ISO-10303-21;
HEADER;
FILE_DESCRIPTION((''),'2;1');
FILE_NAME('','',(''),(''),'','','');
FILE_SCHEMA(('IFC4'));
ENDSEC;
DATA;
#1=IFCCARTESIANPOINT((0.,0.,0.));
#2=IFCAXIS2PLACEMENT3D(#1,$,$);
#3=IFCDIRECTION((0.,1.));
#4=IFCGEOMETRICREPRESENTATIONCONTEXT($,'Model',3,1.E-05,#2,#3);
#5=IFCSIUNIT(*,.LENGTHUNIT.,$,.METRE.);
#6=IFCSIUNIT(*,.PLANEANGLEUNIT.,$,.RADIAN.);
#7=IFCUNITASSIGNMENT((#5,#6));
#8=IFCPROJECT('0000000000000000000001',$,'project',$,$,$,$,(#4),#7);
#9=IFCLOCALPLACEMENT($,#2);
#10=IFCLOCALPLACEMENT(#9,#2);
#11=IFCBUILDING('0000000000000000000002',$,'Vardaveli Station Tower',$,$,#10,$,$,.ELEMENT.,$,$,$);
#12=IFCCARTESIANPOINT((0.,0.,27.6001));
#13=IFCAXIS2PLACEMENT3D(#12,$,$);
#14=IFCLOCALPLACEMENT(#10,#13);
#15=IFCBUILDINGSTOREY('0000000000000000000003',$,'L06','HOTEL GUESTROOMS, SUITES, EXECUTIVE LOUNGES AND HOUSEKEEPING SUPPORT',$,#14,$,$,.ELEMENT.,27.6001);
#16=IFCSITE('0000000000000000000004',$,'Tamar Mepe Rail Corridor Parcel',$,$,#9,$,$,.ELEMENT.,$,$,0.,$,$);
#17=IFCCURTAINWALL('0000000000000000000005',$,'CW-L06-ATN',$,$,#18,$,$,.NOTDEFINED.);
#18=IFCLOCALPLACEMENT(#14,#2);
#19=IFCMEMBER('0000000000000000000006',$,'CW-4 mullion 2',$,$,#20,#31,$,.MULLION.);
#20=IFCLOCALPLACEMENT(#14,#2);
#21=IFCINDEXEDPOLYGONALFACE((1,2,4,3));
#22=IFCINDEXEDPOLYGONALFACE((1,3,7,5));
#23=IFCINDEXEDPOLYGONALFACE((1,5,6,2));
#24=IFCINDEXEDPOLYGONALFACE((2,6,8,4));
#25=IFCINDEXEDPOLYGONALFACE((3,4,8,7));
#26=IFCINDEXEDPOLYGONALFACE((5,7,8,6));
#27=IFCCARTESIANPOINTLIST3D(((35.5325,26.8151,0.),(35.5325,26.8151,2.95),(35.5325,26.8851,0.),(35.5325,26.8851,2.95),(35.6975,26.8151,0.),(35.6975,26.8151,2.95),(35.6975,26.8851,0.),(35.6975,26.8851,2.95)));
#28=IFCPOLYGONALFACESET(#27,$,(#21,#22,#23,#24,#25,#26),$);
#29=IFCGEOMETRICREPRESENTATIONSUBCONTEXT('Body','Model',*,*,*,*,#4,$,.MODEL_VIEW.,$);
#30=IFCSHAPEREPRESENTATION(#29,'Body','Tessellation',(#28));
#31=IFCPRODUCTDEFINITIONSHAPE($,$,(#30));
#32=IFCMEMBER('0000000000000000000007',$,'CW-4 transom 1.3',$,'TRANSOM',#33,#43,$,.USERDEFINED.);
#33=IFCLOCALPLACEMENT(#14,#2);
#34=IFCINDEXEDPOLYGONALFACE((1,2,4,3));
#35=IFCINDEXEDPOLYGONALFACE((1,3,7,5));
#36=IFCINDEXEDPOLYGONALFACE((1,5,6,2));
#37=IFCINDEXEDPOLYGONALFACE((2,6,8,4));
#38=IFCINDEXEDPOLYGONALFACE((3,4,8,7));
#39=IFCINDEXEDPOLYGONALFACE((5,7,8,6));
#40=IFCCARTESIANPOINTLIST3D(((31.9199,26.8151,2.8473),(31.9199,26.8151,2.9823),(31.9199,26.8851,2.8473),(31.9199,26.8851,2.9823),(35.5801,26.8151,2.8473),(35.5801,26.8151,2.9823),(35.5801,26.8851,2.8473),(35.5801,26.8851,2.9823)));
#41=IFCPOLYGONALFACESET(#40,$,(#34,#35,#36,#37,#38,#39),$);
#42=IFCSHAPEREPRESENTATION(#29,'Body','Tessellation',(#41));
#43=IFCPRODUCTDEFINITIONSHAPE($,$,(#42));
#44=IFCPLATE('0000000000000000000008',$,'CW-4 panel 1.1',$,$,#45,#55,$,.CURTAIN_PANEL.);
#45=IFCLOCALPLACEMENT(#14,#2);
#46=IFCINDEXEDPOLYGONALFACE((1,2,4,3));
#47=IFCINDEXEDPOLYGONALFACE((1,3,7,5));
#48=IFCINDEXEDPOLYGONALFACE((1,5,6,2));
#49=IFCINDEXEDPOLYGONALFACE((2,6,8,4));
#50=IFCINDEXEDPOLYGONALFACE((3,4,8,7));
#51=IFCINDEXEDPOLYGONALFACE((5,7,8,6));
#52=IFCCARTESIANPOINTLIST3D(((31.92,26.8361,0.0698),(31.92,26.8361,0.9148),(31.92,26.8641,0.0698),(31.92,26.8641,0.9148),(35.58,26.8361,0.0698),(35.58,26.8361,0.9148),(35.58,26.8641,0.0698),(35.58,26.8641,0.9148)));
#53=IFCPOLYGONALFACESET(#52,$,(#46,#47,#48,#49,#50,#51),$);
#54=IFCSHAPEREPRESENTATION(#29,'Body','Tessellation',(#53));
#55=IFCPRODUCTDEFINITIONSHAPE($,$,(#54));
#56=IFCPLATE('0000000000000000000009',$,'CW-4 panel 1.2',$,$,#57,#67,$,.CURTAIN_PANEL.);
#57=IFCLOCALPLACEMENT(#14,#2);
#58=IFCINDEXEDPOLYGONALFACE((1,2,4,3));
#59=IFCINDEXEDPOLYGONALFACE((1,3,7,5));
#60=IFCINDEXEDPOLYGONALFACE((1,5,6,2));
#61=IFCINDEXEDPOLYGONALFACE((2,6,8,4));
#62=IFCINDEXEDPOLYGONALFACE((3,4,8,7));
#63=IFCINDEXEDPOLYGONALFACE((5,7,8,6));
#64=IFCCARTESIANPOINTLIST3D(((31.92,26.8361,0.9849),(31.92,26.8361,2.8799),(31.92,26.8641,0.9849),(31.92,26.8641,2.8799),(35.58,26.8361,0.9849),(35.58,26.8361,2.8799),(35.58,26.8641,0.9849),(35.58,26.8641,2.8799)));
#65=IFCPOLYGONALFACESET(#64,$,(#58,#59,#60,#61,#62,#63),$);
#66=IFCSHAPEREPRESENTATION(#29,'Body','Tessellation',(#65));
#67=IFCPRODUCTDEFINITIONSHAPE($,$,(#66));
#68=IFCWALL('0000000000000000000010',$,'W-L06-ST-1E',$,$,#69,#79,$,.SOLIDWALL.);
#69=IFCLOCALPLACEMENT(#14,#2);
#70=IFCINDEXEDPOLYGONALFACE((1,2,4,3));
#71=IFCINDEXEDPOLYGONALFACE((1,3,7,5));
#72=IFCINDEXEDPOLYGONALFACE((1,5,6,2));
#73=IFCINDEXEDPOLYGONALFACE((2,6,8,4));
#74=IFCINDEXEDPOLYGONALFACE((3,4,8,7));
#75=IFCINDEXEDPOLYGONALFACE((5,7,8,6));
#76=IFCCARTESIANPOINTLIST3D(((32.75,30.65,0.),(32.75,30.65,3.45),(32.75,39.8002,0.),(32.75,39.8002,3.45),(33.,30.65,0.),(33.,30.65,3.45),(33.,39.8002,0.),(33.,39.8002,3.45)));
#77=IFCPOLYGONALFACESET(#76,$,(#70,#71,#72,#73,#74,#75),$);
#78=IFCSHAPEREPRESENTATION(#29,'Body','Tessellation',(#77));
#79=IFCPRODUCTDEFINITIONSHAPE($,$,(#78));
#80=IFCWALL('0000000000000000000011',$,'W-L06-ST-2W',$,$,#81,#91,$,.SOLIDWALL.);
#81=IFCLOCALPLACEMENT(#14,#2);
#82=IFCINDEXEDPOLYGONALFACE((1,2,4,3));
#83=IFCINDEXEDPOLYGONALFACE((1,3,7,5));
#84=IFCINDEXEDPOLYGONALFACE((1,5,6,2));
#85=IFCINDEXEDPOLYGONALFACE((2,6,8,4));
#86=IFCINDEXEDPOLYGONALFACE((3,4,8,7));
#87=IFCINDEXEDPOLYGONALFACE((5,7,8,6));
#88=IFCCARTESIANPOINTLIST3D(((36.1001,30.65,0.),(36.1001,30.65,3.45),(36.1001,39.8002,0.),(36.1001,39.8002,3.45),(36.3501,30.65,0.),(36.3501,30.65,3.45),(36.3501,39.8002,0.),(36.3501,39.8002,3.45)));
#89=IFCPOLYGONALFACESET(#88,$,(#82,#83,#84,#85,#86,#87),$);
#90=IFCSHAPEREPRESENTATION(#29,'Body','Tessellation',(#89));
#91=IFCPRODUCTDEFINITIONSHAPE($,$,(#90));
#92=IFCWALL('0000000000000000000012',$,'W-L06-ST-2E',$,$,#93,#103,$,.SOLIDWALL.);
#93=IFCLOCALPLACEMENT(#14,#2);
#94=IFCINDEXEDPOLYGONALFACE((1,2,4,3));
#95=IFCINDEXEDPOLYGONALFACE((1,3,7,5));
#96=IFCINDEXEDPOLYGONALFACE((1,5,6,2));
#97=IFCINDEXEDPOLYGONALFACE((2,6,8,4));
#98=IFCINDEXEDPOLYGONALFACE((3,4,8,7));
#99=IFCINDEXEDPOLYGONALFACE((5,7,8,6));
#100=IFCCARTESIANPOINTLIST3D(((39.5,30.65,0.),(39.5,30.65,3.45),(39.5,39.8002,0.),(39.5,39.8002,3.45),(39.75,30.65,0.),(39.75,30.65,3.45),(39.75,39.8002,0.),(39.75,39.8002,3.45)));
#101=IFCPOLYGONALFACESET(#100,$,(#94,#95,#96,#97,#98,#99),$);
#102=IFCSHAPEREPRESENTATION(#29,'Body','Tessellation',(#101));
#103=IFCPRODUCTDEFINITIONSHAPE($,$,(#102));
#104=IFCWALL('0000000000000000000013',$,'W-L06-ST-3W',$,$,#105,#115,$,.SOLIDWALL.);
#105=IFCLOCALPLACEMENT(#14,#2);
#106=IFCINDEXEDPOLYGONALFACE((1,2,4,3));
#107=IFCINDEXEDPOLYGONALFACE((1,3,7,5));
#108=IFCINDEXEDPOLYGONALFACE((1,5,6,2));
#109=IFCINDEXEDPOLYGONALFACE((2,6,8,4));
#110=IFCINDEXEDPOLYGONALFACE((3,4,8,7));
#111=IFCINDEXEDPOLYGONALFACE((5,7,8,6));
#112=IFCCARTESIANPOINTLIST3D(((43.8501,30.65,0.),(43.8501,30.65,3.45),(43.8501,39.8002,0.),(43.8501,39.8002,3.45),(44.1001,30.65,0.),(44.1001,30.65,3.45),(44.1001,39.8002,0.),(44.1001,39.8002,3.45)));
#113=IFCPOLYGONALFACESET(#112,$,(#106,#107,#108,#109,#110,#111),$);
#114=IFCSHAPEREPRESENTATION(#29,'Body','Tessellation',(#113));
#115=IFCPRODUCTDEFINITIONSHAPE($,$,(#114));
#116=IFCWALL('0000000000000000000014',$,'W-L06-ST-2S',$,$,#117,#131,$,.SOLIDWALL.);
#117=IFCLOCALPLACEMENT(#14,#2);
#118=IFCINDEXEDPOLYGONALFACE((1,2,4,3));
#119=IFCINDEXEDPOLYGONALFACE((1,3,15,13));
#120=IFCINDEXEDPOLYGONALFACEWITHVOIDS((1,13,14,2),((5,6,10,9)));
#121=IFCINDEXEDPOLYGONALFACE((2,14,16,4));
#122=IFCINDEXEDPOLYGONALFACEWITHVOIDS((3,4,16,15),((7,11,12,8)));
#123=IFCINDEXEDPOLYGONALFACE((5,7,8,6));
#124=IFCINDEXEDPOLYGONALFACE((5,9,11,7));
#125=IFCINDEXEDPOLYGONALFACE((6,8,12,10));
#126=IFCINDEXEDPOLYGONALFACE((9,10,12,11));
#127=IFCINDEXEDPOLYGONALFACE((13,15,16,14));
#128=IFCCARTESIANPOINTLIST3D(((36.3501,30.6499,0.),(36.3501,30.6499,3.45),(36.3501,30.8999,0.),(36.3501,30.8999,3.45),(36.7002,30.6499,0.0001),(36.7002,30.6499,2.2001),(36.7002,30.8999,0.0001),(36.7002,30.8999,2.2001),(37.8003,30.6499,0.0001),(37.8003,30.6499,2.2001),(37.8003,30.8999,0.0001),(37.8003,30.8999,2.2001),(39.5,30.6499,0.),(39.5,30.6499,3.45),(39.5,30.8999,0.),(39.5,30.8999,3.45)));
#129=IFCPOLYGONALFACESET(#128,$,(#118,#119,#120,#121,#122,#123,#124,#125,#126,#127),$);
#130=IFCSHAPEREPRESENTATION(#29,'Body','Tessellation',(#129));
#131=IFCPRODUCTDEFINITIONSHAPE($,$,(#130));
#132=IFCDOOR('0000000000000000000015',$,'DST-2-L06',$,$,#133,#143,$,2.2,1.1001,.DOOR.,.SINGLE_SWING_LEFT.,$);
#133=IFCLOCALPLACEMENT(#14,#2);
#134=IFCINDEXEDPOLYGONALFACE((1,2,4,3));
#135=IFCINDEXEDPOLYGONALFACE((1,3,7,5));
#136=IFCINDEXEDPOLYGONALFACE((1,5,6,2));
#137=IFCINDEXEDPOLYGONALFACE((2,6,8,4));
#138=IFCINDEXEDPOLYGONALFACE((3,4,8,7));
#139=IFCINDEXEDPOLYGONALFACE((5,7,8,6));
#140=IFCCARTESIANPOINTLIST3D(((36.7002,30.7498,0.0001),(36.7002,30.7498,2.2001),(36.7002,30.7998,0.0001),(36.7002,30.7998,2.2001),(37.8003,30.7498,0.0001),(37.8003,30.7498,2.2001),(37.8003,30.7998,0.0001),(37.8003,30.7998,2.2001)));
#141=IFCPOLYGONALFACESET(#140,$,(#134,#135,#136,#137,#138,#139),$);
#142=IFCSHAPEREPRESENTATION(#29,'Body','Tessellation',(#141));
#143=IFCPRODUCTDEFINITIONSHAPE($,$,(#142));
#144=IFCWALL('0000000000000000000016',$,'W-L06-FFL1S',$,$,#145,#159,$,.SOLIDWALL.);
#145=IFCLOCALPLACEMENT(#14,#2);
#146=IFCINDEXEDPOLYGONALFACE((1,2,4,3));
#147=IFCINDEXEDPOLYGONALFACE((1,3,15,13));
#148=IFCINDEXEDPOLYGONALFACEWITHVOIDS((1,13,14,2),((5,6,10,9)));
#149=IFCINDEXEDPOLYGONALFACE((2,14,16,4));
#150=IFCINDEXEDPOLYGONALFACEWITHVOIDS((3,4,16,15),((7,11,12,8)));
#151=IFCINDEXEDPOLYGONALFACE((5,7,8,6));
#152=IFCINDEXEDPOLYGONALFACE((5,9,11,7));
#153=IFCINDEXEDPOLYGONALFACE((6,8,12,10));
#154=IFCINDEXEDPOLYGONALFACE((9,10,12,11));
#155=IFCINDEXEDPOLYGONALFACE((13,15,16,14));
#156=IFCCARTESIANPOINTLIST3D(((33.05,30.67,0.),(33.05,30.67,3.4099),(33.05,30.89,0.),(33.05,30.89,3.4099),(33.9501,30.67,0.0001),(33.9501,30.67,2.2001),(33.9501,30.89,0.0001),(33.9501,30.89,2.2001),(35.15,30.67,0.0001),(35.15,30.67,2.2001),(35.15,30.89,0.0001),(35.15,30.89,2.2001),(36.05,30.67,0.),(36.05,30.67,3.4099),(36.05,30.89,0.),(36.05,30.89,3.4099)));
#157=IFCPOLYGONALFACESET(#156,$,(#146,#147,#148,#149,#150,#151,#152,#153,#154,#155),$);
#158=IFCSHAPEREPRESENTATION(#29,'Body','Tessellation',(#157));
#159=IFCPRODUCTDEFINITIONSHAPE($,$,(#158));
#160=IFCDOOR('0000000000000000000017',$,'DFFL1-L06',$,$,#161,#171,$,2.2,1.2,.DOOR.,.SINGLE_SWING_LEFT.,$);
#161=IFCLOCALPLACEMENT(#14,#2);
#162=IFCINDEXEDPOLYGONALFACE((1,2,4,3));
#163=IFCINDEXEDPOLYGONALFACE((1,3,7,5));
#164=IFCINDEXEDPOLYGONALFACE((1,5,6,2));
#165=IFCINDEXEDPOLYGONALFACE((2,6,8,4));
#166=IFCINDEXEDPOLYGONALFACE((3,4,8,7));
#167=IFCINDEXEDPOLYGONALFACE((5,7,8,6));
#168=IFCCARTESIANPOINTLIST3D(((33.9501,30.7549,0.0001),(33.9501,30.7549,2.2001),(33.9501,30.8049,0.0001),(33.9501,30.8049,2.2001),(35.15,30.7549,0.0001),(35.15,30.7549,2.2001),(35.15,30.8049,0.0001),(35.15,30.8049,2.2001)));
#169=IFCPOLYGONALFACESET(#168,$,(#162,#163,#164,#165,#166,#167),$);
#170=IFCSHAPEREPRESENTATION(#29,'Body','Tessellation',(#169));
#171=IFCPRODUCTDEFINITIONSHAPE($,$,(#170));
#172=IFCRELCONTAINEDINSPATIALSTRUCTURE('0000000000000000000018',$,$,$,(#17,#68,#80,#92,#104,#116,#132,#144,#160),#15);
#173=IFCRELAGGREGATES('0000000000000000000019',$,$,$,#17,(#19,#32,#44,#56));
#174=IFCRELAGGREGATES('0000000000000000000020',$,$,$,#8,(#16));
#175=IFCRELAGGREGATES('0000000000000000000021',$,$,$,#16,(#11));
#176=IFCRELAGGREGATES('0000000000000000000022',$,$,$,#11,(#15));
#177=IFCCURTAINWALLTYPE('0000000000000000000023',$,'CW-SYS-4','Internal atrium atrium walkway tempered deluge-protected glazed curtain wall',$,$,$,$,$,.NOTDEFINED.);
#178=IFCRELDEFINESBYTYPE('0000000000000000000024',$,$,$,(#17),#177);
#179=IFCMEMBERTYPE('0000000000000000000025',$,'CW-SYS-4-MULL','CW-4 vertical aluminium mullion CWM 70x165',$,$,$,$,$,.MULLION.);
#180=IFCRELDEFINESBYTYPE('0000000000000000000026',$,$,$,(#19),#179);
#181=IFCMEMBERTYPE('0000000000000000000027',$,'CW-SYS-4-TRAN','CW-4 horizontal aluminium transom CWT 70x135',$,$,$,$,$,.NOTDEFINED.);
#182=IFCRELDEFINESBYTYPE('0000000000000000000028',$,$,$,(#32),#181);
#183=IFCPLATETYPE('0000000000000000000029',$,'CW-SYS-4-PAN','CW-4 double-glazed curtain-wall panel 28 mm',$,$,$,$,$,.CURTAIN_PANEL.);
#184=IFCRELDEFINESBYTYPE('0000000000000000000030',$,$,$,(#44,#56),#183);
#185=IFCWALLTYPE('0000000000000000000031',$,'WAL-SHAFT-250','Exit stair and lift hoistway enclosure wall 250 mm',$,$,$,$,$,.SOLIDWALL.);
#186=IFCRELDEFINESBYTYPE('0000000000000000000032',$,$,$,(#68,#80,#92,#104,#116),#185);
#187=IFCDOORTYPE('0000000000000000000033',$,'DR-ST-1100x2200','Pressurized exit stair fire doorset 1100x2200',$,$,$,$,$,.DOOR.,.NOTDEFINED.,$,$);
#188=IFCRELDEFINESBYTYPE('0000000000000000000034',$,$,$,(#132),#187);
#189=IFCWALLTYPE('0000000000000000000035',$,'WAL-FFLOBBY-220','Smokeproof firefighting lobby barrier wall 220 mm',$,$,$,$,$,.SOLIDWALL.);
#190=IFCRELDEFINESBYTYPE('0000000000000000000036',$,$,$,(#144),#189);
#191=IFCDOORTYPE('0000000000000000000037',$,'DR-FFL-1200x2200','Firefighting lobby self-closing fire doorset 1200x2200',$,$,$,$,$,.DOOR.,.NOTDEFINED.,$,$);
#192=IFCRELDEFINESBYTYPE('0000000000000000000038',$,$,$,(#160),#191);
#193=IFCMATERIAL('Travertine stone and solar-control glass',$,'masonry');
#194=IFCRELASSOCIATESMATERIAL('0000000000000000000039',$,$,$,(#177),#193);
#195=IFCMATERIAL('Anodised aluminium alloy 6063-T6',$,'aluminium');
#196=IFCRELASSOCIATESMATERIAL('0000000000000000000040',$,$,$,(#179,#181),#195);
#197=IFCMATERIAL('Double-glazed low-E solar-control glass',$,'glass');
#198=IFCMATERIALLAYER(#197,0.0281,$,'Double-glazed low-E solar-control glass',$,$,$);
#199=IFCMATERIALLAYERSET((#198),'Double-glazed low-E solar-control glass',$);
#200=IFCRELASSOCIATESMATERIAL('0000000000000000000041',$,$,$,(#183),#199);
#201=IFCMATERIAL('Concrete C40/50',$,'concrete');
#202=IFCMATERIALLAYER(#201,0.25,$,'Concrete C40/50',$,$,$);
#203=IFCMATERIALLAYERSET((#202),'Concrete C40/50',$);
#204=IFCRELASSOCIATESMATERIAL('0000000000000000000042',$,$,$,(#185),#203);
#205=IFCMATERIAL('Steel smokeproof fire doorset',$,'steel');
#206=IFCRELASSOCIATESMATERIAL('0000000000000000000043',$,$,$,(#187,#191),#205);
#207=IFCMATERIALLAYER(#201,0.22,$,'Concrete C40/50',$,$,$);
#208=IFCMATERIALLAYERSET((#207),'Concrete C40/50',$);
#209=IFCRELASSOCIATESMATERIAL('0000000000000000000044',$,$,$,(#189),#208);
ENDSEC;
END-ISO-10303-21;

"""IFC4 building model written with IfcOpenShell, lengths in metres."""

from ifc_helpers import new_model, si_unit, direction, frame, frame_2d, origin, origin_2d, place, context, subcontext, project, spatial, rectangle, extrude, source, transform, mapped, material, layer, layer_set, material_profile, profile_set, type_object, element, fill, aggregate, save


model = new_model("IFC4")

# Units and contexts
model_context = context("Model", 3, precision=1e-05, world=origin(), true_north=direction((0.0, 1.0)))
body_context = subcontext(model_context, "Body", "Model", "MODEL_VIEW")
ifc_project = project(units=[si_unit("LENGTHUNIT", "METRE"), si_unit("PLANEANGLEUNIT", "RADIAN")], contexts=[model_context])

# Site, building, storey
site_placement = place(None, origin())
site = spatial("IfcSite", under=ifc_project, at=site_placement, Name="Tamar Mepe Rail Corridor Parcel", CompositionType="ELEMENT", RefElevation=0.0)
building_placement = place(site_placement, origin())
building = spatial("IfcBuilding", under=site, at=building_placement, Name="Vardaveli Station Tower", CompositionType="ELEMENT")
storey_placement = place(building_placement, frame((0.0, 0.0, 27.6001)))
storey = spatial("IfcBuildingStorey", under=building, at=storey_placement, Name="L06", Description="HOTEL GUESTROOMS, SUITES, EXECUTIVE LOUNGES AND HOUSEKEEPING SUPPORT", CompositionType="ELEMENT", Elevation=27.6001)

# Curtain wall, members, plates
ifc_material_1 = material(Name="Travertine stone and solar-control glass", Category="masonry")
curtain_wall_type = type_object("IfcCurtainWallType", Name="CW-SYS-4", Description="Internal atrium atrium walkway tempered deluge-protected glazed curtain wall", PredefinedType="NOTDEFINED", material=ifc_material_1)
curtain_wall_placement = place(storey_placement, origin())
curtain_wall = element("IfcCurtainWall", 1, at=curtain_wall_placement, inside=storey, type_object=curtain_wall_type, Name="CW-L06-ATN", PredefinedType="NOTDEFINED")
ifc_material_2 = material(Name="Anodised aluminium alloy 6063-T6", Category="aluminium")
ifc_material_profile_1 = material_profile(ifc_material_2, rectangle(XDim=0.0701, YDim=0.165, at=origin_2d()), Name="CWM 70x165")
ifc_profile_set_1 = profile_set([ifc_material_profile_1], Name="Anodised aluminium alloy 6063-T6")
member_type_1 = type_object("IfcMemberType", Name="CW-SYS-4-MULL", Description="CW-4 vertical aluminium mullion CWM 70x165", PredefinedType="MULLION", material=ifc_profile_set_1)
shared_shape_1 = source(origin(), body_context, "Body", "SweptSolid", [
    extrude(rectangle(XDim=0.0701, YDim=0.165, at=origin_2d()), origin(), (0.0, 0.0, 1.0), 2.95),
])
member_1_placement = place(storey_placement, frame((35.615, 26.8501, 0.0), z_axis=(0.0, 0.0, 1.0), x_axis=(0.0, 1.0, 0.0)))
member_1 = element("IfcMember", 2, at=member_1_placement, type_object=member_type_1, Name="CW-4 mullion 2", PredefinedType="MULLION", context=body_context, shape_type="MappedRepresentation", body=[
    mapped(shared_shape_1, transform((0.0, 0.0, 0.0), scale=1.0)),
])
ifc_material_profile_2 = material_profile(ifc_material_2, rectangle(XDim=0.0701, YDim=0.135, at=origin_2d()), Name="CWT 70x135")
ifc_profile_set_2 = profile_set([ifc_material_profile_2], Name="Anodised aluminium alloy 6063-T6")
member_type_2 = type_object("IfcMemberType", Name="CW-SYS-4-TRAN", Description="CW-4 horizontal aluminium transom CWT 70x135", PredefinedType="NOTDEFINED", material=ifc_profile_set_2)
shared_shape_2 = source(origin(), body_context, "Body", "SweptSolid", [
    extrude(rectangle(XDim=0.0701, YDim=0.135, at=origin_2d()), origin(), (0.0, 0.0, 1.0), 3.6602),
])
member_2_placement = place(storey_placement, frame((31.9199, 26.8501, 2.9148), z_axis=(1.0, 0.0, 0.0), x_axis=(0.0, 1.0, 0.0)))
member_2 = element("IfcMember", 3, at=member_2_placement, type_object=member_type_2, Name="CW-4 transom 1.3", ObjectType="TRANSOM", PredefinedType="USERDEFINED", context=body_context, shape_type="MappedRepresentation", body=[
    mapped(shared_shape_2, transform((0.0, 0.0, 0.0), scale=1.0)),
])
ifc_material_3 = material(Name="Double-glazed low-E solar-control glass", Category="glass")
ifc_layer_1 = layer(ifc_material_3, 0.0281, Name="Double-glazed low-E solar-control glass")
ifc_layer_set_1 = layer_set([ifc_layer_1], Name="Double-glazed low-E solar-control glass")
plate_type = type_object("IfcPlateType", Name="CW-SYS-4-PAN", Description="CW-4 double-glazed curtain-wall panel 28 mm", PredefinedType="CURTAIN_PANEL", material=ifc_layer_set_1)
shared_shape_3 = source(origin(), body_context, "Body", "SweptSolid", [
    extrude(rectangle(XDim=3.6599, YDim=0.0281, at=origin_2d()), origin(), (0.0, 0.0, 1.0), 0.845),
])
plate_1_placement = place(storey_placement, frame((33.75, 26.8501, 0.0698), z_axis=(0.0, 0.0, 1.0), x_axis=(1.0, 0.0, 0.0)))
plate_1 = element("IfcPlate", 4, at=plate_1_placement, type_object=plate_type, Name="CW-4 panel 1.1", PredefinedType="CURTAIN_PANEL", context=body_context, shape_type="MappedRepresentation", body=[
    mapped(shared_shape_3, transform((0.0, 0.0, 0.0), scale=1.0)),
])
shared_shape_4 = source(origin(), body_context, "Body", "SweptSolid", [
    extrude(rectangle(XDim=3.6599, YDim=0.0281, at=origin_2d()), origin(), (0.0, 0.0, 1.0), 1.895),
])
plate_2_placement = place(storey_placement, frame((33.75, 26.8501, 0.9849), z_axis=(0.0, 0.0, 1.0), x_axis=(1.0, 0.0, 0.0)))
plate_2 = element("IfcPlate", 5, at=plate_2_placement, type_object=plate_type, Name="CW-4 panel 1.2", PredefinedType="CURTAIN_PANEL", context=body_context, shape_type="MappedRepresentation", body=[
    mapped(shared_shape_4, transform((0.0, 0.0, 0.0), scale=1.0)),
])
aggregate(curtain_wall, [member_1, member_2, plate_1, plate_2])

# Walls
ifc_material_4 = material(Name="Concrete C40/50", Category="concrete")
ifc_layer_2 = layer(ifc_material_4, 0.25, Name="Concrete C40/50")
ifc_layer_set_2 = layer_set([ifc_layer_2], Name="Concrete C40/50")
wall_type_1 = type_object("IfcWallType", Name="WAL-SHAFT-250", Description="Exit stair and lift hoistway enclosure wall 250 mm", PredefinedType="SOLIDWALL", material=ifc_layer_set_2)
shared_shape_5 = source(origin(), body_context, "Body", "SweptSolid", [
    extrude(rectangle(XDim=9.1501, YDim=0.25, at=frame_2d((4.5752, 0.0))), origin(), (0.0, 0.0, 1.0), 3.45),
])
for number, where, z_axis, x_axis, name in (
    (6, (32.875, 30.6499, 0.0), (0.0, 0.0, 1.0), (0.0, 1.0, 0.0), "W-L06-ST-1E"),
    (7, (36.2251, 30.6499, 0.0), (0.0, 0.0, 1.0), (0.0, 1.0, 0.0), "W-L06-ST-2W"),
    (8, (39.625, 30.6499, 0.0), (0.0, 0.0, 1.0), (0.0, 1.0, 0.0), "W-L06-ST-2E"),
    (9, (43.9751, 30.6499, 0.0), (0.0, 0.0, 1.0), (0.0, 1.0, 0.0), "W-L06-ST-3W"),
):
    element("IfcWall", number, at=place(storey_placement, frame(where, z_axis=z_axis, x_axis=x_axis)), inside=storey, type_object=wall_type_1, Name=name, PredefinedType="SOLIDWALL", context=body_context, shape_type="MappedRepresentation", body=[
        mapped(shared_shape_5, transform((0.0, 0.0, 0.0), scale=1.0)),
    ])

# Walls, openings, doors
shared_shape_6 = source(origin(), body_context, "Body", "SweptSolid", [
    extrude(rectangle(XDim=3.1499, YDim=0.25, at=frame_2d((1.575, 0.0))), origin(), (0.0, 0.0, 1.0), 3.45),
])
wall_1_placement = place(storey_placement, frame((36.3501, 30.7749, 0.0), z_axis=(0.0, 0.0, 1.0), x_axis=(1.0, 0.0, 0.0)))
wall_1 = element("IfcWall", 10, at=wall_1_placement, inside=storey, type_object=wall_type_1, Name="W-L06-ST-2S", PredefinedType="SOLIDWALL", context=body_context, shape_type="MappedRepresentation", body=[
    mapped(shared_shape_6, transform((0.0, 0.0, 0.0), scale=1.0)),
])
shared_shape_7 = source(origin(), body_context, "Body", "SweptSolid", [
    extrude(rectangle(XDim=1.1001, YDim=2.2, at=frame_2d((0.55, 1.1001))), frame((0.0, 0.135, 0.0), z_axis=(0.0, -1.0, 0.0), x_axis=(1.0, 0.0, 0.0)), (0.0, 0.0, 1.0), 0.27),
])
opening_1_placement = place(wall_1_placement, frame((0.3501, 0.0, 0.0)))
opening_1 = element("IfcOpeningElement", 11, at=opening_1_placement, cuts=wall_1, PredefinedType="OPENING", context=body_context, shape_type="MappedRepresentation", body=[
    mapped(shared_shape_7, transform((0.0, 0.0, 0.0), scale=1.0)),
])
ifc_material_5 = material(Name="Steel smokeproof fire doorset", Category="steel")
door_type_1 = type_object("IfcDoorType", Name="DR-ST-1100x2200", Description="Pressurized exit stair fire doorset 1100x2200", OperationType="NOTDEFINED", PredefinedType="DOOR", material=ifc_material_5)
shared_shape_8 = source(origin(), body_context, "Body", "SweptSolid", [
    extrude(rectangle(XDim=1.1001, YDim=2.2, at=frame_2d((0.55, 1.1001))), frame((0.0, 0.0249, 0.0), z_axis=(0.0, -1.0, 0.0), x_axis=(1.0, 0.0, 0.0)), (0.0, 0.0, 1.0), 0.05),
])
door_1_placement = place(opening_1_placement, origin())
door_1 = element("IfcDoor", 12, at=door_1_placement, inside=storey, type_object=door_type_1, Name="DST-2-L06", OperationType="SINGLE_SWING_LEFT", OverallHeight=2.2, OverallWidth=1.1001, PredefinedType="DOOR", context=body_context, shape_type="MappedRepresentation", body=[
    mapped(shared_shape_8, transform((0.0, 0.0, 0.0), scale=1.0)),
])
fill(opening_1, door_1)
ifc_layer_3 = layer(ifc_material_4, 0.22, Name="Concrete C40/50")
ifc_layer_set_3 = layer_set([ifc_layer_3], Name="Concrete C40/50")
wall_type_2 = type_object("IfcWallType", Name="WAL-FFLOBBY-220", Description="Smokeproof firefighting lobby barrier wall 220 mm", PredefinedType="SOLIDWALL", material=ifc_layer_set_3)
shared_shape_9 = source(origin(), body_context, "Body", "SweptSolid", [
    extrude(rectangle(XDim=3.0, YDim=0.22, at=frame_2d((1.5, 0.0))), origin(), (0.0, 0.0, 1.0), 3.4099),
])
wall_2_placement = place(storey_placement, frame((33.05, 30.78, 0.0), z_axis=(0.0, 0.0, 1.0), x_axis=(1.0, 0.0, 0.0)))
wall_2 = element("IfcWall", 13, at=wall_2_placement, inside=storey, type_object=wall_type_2, Name="W-L06-FFL1S", PredefinedType="SOLIDWALL", context=body_context, shape_type="MappedRepresentation", body=[
    mapped(shared_shape_9, transform((0.0, 0.0, 0.0), scale=1.0)),
])
shared_shape_10 = source(origin(), body_context, "Body", "SweptSolid", [
    extrude(rectangle(XDim=1.2, YDim=2.2, at=frame_2d((0.6001, 1.1001))), frame((0.0, 0.1201, 0.0), z_axis=(0.0, -1.0, 0.0), x_axis=(1.0, 0.0, 0.0)), (0.0, 0.0, 1.0), 0.24),
])
opening_2_placement = place(wall_2_placement, frame((0.8999, 0.0, 0.0)))
opening_2 = element("IfcOpeningElement", 14, at=opening_2_placement, cuts=wall_2, PredefinedType="OPENING", context=body_context, shape_type="MappedRepresentation", body=[
    mapped(shared_shape_10, transform((0.0, 0.0, 0.0), scale=1.0)),
])
door_type_2 = type_object("IfcDoorType", Name="DR-FFL-1200x2200", Description="Firefighting lobby self-closing fire doorset 1200x2200", OperationType="NOTDEFINED", PredefinedType="DOOR", material=ifc_material_5)
shared_shape_11 = source(origin(), body_context, "Body", "SweptSolid", [
    extrude(rectangle(XDim=1.2, YDim=2.2, at=frame_2d((0.6001, 1.1001))), frame((0.0, 0.0249, 0.0), z_axis=(0.0, -1.0, 0.0), x_axis=(1.0, 0.0, 0.0)), (0.0, 0.0, 1.0), 0.05),
])
door_2_placement = place(opening_2_placement, origin())
door_2 = element("IfcDoor", 15, at=door_2_placement, inside=storey, type_object=door_type_2, Name="DFFL1-L06", OperationType="SINGLE_SWING_LEFT", OverallHeight=2.2, OverallWidth=1.2, PredefinedType="DOOR", context=body_context, shape_type="MappedRepresentation", body=[
    mapped(shared_shape_11, transform((0.0, 0.0, 0.0), scale=1.0)),
])
fill(opening_2, door_2)

save(model, "model.ifc")
